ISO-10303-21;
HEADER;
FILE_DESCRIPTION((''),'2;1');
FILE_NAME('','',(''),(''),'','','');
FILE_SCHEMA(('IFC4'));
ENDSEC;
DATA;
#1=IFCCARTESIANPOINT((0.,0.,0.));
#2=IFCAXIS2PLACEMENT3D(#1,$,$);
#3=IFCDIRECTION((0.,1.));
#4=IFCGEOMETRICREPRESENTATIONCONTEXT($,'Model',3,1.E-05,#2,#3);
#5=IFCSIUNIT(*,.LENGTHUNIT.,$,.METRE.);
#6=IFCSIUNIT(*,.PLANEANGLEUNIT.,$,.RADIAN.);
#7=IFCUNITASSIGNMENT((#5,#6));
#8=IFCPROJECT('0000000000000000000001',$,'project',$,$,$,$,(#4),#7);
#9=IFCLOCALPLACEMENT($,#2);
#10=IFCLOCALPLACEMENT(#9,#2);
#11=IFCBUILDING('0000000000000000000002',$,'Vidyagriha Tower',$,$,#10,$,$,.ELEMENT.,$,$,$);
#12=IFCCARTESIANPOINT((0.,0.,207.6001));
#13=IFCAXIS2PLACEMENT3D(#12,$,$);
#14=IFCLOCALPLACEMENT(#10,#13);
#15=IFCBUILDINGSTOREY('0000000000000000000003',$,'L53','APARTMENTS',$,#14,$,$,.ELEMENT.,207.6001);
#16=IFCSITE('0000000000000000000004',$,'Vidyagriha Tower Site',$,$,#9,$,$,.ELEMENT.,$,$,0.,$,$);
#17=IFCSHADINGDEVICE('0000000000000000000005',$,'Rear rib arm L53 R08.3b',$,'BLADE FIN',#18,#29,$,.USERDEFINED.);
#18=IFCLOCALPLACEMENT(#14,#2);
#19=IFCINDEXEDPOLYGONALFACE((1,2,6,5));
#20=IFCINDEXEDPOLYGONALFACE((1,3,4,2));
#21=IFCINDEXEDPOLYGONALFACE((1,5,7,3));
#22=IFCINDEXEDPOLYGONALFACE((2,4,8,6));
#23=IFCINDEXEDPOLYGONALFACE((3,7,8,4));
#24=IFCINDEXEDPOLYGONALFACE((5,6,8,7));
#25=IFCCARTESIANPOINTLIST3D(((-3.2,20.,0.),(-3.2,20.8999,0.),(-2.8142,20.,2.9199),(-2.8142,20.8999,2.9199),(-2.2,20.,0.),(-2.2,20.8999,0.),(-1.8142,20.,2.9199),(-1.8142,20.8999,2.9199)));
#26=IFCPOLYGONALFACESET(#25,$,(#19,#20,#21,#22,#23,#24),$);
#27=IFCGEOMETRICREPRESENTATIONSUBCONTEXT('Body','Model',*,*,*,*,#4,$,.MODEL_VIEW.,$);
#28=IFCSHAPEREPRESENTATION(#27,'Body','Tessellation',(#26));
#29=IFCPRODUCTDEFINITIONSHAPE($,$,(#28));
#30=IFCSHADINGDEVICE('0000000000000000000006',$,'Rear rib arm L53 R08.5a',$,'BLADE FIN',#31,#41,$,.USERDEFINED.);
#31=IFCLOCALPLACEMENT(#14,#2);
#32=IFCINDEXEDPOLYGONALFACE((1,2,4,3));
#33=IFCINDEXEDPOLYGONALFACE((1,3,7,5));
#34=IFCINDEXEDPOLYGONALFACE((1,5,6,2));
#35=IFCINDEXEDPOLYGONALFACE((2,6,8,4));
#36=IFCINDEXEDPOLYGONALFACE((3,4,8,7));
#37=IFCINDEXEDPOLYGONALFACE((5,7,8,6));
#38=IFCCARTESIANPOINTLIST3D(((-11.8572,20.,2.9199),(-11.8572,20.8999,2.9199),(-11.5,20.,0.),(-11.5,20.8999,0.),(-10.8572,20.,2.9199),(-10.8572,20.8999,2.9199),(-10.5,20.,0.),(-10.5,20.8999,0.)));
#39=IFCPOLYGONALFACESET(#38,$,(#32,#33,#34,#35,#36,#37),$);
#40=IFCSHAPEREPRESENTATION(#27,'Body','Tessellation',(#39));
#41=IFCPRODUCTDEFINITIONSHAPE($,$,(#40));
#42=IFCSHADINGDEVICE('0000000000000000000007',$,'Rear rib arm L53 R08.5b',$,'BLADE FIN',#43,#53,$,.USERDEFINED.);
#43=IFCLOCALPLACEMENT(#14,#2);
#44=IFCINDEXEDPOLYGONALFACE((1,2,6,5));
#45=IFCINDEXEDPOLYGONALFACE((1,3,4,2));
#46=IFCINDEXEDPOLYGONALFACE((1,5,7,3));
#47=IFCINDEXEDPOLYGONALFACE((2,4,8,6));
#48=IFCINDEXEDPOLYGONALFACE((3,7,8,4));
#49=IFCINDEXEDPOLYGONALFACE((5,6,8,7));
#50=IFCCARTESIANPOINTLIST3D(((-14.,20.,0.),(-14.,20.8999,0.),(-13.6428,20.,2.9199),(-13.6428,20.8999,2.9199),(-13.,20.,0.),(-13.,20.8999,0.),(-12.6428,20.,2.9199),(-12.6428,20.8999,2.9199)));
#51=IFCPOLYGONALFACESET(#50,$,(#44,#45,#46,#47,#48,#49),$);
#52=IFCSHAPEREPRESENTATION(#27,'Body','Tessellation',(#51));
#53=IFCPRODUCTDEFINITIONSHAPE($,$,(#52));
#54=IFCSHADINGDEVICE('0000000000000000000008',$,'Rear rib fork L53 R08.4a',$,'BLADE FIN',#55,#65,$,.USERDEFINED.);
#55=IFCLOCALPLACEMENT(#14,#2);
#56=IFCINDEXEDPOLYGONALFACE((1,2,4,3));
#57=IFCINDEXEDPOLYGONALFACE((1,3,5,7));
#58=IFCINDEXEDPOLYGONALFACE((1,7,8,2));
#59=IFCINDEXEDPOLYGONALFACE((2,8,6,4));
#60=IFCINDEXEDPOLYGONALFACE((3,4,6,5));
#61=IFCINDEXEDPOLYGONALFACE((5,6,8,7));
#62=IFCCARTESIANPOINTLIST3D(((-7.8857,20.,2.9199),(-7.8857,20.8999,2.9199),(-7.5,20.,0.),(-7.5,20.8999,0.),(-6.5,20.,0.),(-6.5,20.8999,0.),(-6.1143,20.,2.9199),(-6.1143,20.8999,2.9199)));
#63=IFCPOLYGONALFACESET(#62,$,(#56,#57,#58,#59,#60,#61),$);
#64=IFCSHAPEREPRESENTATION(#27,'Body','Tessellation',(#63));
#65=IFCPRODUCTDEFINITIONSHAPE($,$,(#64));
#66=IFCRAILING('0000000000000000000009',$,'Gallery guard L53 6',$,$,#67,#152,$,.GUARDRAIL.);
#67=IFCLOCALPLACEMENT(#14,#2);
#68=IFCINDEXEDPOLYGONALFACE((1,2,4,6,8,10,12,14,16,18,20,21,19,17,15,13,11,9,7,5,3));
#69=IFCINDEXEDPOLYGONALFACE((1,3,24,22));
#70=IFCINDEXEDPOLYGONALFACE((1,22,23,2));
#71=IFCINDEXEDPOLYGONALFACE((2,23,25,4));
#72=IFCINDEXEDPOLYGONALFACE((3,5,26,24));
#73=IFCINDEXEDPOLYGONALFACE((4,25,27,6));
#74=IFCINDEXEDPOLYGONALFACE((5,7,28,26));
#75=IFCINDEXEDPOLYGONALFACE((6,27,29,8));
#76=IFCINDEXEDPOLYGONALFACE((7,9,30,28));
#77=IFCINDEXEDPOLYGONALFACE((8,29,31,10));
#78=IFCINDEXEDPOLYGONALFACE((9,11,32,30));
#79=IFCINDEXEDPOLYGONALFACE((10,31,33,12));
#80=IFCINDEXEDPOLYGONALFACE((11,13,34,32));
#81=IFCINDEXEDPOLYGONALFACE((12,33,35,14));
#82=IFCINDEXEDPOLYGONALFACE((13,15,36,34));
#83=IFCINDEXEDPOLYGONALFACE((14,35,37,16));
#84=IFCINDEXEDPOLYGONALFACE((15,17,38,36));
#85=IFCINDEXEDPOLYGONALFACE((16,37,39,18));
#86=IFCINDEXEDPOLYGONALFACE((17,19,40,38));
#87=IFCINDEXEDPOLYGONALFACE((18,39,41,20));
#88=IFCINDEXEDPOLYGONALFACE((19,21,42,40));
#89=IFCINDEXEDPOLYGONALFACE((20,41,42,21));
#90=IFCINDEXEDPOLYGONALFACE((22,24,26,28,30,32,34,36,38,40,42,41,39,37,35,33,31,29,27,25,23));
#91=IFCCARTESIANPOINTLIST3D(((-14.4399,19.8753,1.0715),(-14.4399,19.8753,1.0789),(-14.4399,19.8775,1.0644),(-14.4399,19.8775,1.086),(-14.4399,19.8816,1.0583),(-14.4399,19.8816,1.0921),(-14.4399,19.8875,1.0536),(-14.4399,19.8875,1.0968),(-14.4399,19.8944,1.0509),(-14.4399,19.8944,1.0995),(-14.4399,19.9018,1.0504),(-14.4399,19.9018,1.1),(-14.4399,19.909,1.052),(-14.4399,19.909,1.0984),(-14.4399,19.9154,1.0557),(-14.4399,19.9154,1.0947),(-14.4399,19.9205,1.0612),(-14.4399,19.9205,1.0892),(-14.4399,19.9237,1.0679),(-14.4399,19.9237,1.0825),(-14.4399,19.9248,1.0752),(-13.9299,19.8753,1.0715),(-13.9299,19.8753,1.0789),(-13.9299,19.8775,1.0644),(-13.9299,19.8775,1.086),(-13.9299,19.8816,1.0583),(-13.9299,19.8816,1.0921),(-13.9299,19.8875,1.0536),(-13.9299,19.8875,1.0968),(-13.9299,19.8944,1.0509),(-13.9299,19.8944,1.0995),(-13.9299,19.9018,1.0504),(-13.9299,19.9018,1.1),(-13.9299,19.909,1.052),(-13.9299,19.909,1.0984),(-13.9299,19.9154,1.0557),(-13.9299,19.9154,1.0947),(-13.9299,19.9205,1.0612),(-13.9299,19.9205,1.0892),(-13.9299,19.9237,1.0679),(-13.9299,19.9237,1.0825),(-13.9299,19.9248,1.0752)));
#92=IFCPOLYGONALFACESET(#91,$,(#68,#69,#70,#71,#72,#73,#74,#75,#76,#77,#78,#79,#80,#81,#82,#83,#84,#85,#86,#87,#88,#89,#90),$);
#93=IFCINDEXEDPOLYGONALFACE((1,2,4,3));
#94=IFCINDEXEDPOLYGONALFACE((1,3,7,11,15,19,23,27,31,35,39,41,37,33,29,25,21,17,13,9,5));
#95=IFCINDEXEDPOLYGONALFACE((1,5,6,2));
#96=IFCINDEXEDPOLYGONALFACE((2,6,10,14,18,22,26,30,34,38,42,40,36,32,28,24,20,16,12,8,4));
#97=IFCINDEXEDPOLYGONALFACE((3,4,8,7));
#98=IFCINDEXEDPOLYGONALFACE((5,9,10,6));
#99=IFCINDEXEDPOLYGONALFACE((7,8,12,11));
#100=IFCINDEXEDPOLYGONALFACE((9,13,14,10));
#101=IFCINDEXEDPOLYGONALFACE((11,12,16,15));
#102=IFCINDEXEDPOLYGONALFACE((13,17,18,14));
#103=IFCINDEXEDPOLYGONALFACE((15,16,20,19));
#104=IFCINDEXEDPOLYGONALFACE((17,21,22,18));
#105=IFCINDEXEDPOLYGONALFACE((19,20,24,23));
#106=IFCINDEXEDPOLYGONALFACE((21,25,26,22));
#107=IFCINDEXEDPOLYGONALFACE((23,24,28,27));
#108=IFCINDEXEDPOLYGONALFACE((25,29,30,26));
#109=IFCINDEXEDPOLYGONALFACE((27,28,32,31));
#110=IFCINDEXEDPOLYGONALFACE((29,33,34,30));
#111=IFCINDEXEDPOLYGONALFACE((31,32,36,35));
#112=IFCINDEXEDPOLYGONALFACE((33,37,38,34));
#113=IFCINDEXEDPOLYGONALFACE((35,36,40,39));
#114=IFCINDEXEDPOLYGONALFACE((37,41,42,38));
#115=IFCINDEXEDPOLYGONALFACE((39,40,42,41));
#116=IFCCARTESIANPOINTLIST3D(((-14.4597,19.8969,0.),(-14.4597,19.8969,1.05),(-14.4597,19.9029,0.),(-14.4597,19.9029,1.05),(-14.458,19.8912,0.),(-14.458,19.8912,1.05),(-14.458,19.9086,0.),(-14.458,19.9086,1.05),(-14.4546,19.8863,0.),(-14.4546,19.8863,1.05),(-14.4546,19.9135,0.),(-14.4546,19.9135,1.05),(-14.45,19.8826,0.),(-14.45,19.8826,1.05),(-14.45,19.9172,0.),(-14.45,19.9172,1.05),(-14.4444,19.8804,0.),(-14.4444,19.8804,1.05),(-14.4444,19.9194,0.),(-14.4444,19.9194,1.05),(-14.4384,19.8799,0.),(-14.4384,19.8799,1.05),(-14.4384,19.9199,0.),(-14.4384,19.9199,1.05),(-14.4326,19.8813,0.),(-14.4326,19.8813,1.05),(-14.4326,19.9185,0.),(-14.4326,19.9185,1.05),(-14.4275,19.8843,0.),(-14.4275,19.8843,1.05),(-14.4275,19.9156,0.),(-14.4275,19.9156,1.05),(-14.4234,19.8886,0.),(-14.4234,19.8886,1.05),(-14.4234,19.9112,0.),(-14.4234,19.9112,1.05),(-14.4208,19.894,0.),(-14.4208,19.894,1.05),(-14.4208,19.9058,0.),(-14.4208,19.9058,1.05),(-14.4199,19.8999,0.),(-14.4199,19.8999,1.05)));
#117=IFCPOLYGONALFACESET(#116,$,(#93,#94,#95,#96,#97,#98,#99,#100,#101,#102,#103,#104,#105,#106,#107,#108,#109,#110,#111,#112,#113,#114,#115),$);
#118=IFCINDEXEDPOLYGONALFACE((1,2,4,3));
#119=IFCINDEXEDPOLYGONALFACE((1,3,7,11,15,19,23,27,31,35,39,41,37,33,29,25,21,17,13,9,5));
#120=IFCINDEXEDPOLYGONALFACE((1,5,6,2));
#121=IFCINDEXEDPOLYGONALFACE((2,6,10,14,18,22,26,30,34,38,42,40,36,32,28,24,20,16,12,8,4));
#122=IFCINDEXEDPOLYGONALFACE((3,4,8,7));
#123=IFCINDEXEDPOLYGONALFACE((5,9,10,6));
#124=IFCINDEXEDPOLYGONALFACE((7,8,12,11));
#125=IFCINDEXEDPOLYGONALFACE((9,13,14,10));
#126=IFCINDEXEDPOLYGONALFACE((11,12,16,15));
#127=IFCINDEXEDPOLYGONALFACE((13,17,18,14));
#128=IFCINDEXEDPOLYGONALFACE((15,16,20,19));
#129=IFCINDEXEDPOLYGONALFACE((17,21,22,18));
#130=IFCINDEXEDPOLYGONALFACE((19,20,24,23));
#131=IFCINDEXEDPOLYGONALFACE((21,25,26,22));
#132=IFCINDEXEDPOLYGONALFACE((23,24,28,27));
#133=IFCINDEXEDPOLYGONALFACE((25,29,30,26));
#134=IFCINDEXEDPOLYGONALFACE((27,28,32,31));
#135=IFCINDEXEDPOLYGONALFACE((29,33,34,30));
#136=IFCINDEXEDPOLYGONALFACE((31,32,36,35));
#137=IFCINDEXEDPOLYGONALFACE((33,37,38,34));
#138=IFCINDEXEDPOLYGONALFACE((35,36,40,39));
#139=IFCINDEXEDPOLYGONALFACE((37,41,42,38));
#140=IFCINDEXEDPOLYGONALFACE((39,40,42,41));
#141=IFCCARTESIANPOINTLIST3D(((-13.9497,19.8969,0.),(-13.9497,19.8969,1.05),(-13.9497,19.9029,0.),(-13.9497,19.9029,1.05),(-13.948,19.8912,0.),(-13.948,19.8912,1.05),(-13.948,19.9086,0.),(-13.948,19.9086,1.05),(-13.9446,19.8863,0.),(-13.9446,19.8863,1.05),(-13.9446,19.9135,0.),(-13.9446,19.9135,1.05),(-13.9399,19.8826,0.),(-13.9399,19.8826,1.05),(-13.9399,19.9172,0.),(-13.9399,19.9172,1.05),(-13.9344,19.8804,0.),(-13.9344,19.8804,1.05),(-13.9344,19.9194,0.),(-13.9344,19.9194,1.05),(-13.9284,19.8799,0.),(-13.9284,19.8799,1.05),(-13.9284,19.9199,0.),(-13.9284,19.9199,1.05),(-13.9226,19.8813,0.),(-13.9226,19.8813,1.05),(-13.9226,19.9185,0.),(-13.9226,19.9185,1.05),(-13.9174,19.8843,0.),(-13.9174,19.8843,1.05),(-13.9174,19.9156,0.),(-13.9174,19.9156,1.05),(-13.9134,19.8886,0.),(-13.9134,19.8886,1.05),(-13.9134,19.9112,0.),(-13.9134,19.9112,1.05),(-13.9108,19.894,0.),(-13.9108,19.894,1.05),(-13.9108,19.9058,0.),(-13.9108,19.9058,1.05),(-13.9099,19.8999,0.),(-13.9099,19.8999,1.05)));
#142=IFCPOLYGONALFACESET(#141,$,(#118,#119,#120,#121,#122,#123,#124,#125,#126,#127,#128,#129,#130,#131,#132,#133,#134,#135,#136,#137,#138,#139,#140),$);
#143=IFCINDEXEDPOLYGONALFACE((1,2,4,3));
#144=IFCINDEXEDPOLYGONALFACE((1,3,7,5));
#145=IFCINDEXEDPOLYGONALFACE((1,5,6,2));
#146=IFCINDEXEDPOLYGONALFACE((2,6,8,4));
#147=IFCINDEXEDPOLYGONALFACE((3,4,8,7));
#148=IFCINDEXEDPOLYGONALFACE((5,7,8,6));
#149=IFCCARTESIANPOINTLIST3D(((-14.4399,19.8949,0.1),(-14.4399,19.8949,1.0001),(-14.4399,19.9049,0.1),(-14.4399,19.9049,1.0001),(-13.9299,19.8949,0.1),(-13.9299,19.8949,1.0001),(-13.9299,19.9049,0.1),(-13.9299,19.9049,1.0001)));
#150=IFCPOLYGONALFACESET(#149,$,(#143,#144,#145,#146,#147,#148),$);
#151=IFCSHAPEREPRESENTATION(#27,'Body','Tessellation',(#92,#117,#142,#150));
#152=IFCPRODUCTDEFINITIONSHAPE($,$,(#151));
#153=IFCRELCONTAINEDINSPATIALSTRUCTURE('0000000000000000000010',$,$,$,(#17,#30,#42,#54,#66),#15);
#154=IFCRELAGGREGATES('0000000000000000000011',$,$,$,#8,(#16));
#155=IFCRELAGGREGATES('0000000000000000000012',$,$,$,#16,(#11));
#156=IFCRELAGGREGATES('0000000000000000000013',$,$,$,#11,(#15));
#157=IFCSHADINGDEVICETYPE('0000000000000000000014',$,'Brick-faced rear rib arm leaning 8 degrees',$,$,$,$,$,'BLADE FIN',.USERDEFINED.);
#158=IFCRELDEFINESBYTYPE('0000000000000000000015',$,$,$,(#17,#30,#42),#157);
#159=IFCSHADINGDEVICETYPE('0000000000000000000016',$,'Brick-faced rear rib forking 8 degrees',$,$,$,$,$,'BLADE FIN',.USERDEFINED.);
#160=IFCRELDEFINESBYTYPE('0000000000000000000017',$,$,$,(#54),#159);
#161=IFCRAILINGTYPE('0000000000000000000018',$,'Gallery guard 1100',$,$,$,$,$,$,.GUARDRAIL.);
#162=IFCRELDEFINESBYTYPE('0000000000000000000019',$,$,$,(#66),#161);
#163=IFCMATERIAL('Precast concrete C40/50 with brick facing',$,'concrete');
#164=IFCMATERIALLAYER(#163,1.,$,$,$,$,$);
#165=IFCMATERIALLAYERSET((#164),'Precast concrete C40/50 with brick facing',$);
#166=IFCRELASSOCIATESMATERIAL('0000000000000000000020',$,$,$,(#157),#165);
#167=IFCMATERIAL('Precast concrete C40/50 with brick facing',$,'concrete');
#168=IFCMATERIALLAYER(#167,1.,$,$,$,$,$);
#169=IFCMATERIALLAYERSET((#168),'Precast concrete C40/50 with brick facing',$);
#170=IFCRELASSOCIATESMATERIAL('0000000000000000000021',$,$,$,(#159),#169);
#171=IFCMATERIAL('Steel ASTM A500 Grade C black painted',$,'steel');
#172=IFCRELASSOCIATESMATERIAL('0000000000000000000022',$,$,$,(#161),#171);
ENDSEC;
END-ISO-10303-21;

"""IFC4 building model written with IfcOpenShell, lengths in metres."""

from ifc_helpers import new_model, si_unit, direction, frame, origin, origin_2d, place, context, subcontext, project, spatial, polyline, rectangle, circle, outline, extrude, material, layer, layer_set, type_object, element, save


model = new_model("IFC4")

# Units and contexts
model_context = context("Model", 3, precision=1e-05, world=origin(), true_north=direction((0.0, 1.0)))
body_context = subcontext(model_context, "Body", "Model", "MODEL_VIEW")
ifc_project = project(units=[si_unit("LENGTHUNIT", "METRE"), si_unit("PLANEANGLEUNIT", "RADIAN")], contexts=[model_context])

# Site, building, storey
site_placement = place(None, origin())
site = spatial("IfcSite", under=ifc_project, at=site_placement, Name="Vidyagriha Tower Site", CompositionType="ELEMENT", RefElevation=0.0)
building_placement = place(site_placement, origin())
building = spatial("IfcBuilding", under=site, at=building_placement, Name="Vidyagriha Tower", CompositionType="ELEMENT")
storey_placement = place(building_placement, frame((0.0, 0.0, 207.6001)))
storey = spatial("IfcBuildingStorey", under=building, at=storey_placement, Name="L53", Description="APARTMENTS", CompositionType="ELEMENT", Elevation=207.6001)

# Shading devices
ifc_material_1 = material(Name="Precast concrete C40/50 with brick facing", Category="concrete")
ifc_layer_1 = layer(ifc_material_1, 1.0)
ifc_layer_set_1 = layer_set([ifc_layer_1], Name="Precast concrete C40/50 with brick facing")
shading_device_type_1 = type_object("IfcShadingDeviceType", Name="Brick-faced rear rib arm leaning 8 degrees", ElementType="BLADE FIN", PredefinedType="USERDEFINED", material=ifc_layer_set_1)
shading_device_1_placement = place(storey_placement, frame((-1.8142, 20.45, 0.0), z_axis=(0.0, 0.0, 1.0), x_axis=(-1.0, 0.0, 0.0)))
element("IfcShadingDevice", 1, at=shading_device_1_placement, inside=storey, type_object=shading_device_type_1, Name="Rear rib arm L53 R08.3b", ObjectType="BLADE FIN", PredefinedType="USERDEFINED", context=body_context, shape_type="SweptSolid", body=[
    extrude(outline(polyline([(0.3857, 0.0), (1.3857, 0.0), (1.0, 2.9199), (0.0, 2.9199), (0.3857, 0.0)])), frame((0.0, 0.45, 0.0), z_axis=(0.0, -1.0, 0.0), x_axis=(1.0, 0.0, 0.0)), (0.0, 0.0, 1.0), 0.8999),
])
shading_device_2_placement = place(storey_placement, frame((-10.5, 20.45, 0.0), z_axis=(0.0, 0.0, 1.0), x_axis=(-1.0, 0.0, 0.0)))
element("IfcShadingDevice", 2, at=shading_device_2_placement, inside=storey, type_object=shading_device_type_1, Name="Rear rib arm L53 R08.5a", ObjectType="BLADE FIN", PredefinedType="USERDEFINED", context=body_context, shape_type="SweptSolid", body=[
    extrude(outline(polyline([(0.0, 0.0), (1.0, 0.0), (1.3572, 2.9199), (0.3572, 2.9199), (0.0, 0.0)])), frame((0.0, 0.45, 0.0), z_axis=(0.0, -1.0, 0.0), x_axis=(1.0, 0.0, 0.0)), (0.0, 0.0, 1.0), 0.8999),
])
shading_device_3_placement = place(storey_placement, frame((-12.6428, 20.45, 0.0), z_axis=(0.0, 0.0, 1.0), x_axis=(-1.0, 0.0, 0.0)))
element("IfcShadingDevice", 3, at=shading_device_3_placement, inside=storey, type_object=shading_device_type_1, Name="Rear rib arm L53 R08.5b", ObjectType="BLADE FIN", PredefinedType="USERDEFINED", context=body_context, shape_type="SweptSolid", body=[
    extrude(outline(polyline([(0.3572, 0.0), (1.3572, 0.0), (1.0, 2.9199), (0.0, 2.9199), (0.3572, 0.0)])), frame((0.0, 0.45, 0.0), z_axis=(0.0, -1.0, 0.0), x_axis=(1.0, 0.0, 0.0)), (0.0, 0.0, 1.0), 0.8999),
])
ifc_material_2 = material(Name="Precast concrete C40/50 with brick facing", Category="concrete")
ifc_layer_2 = layer(ifc_material_2, 1.0)
ifc_layer_set_2 = layer_set([ifc_layer_2], Name="Precast concrete C40/50 with brick facing")
shading_device_type_2 = type_object("IfcShadingDeviceType", Name="Brick-faced rear rib forking 8 degrees", ElementType="BLADE FIN", PredefinedType="USERDEFINED", material=ifc_layer_set_2)
shading_device_4_placement = place(storey_placement, frame((-6.1143, 20.45, 0.0), z_axis=(0.0, 0.0, 1.0), x_axis=(-1.0, 0.0, 0.0)))
element("IfcShadingDevice", 4, at=shading_device_4_placement, inside=storey, type_object=shading_device_type_2, Name="Rear rib fork L53 R08.4a", ObjectType="BLADE FIN", PredefinedType="USERDEFINED", context=body_context, shape_type="SweptSolid", body=[
    extrude(outline(polyline([(0.3857, 0.0), (1.3857, 0.0), (1.7715, 2.9199), (0.0, 2.9199), (0.3857, 0.0)])), frame((0.0, 0.45, 0.0), z_axis=(0.0, -1.0, 0.0), x_axis=(1.0, 0.0, 0.0)), (0.0, 0.0, 1.0), 0.8999),
])

# Railing
ifc_material_3 = material(Name="Steel ASTM A500 Grade C black painted", Category="steel")
railing_type_1 = type_object("IfcRailingType", Name="Gallery guard 1100", PredefinedType="GUARDRAIL", material=ifc_material_3)
railing_1_placement = place(storey_placement, frame((-14.4399, 19.8999, 0.0)))
element("IfcRailing", 5, at=railing_1_placement, inside=storey, type_object=railing_type_1, Name="Gallery guard L53 6", PredefinedType="GUARDRAIL", context=body_context, shape_type="SweptSolid", body=[
    extrude(circle(Radius=0.0249, at=origin_2d()), frame((0.0, 0.0, 1.0752), z_axis=(1.0, 0.0, 0.0), x_axis=(0.0, 1.0, 0.0)), (0.0, 0.0, 1.0), 0.51),
    extrude(circle(Radius=0.02, at=origin_2d()), origin(), (0.0, 0.0, 1.0), 1.05),
    extrude(circle(Radius=0.02, at=origin_2d()), frame((0.51, 0.0, 0.0)), (0.0, 0.0, 1.0), 1.05),
    extrude(rectangle(XDim=0.01, YDim=0.9001, at=origin_2d()), frame((0.0, 0.0, 0.55), z_axis=(1.0, 0.0, 0.0), x_axis=(0.0, 1.0, 0.0)), (0.0, 0.0, 1.0), 0.51),
])

save(model, "model.ifc")
